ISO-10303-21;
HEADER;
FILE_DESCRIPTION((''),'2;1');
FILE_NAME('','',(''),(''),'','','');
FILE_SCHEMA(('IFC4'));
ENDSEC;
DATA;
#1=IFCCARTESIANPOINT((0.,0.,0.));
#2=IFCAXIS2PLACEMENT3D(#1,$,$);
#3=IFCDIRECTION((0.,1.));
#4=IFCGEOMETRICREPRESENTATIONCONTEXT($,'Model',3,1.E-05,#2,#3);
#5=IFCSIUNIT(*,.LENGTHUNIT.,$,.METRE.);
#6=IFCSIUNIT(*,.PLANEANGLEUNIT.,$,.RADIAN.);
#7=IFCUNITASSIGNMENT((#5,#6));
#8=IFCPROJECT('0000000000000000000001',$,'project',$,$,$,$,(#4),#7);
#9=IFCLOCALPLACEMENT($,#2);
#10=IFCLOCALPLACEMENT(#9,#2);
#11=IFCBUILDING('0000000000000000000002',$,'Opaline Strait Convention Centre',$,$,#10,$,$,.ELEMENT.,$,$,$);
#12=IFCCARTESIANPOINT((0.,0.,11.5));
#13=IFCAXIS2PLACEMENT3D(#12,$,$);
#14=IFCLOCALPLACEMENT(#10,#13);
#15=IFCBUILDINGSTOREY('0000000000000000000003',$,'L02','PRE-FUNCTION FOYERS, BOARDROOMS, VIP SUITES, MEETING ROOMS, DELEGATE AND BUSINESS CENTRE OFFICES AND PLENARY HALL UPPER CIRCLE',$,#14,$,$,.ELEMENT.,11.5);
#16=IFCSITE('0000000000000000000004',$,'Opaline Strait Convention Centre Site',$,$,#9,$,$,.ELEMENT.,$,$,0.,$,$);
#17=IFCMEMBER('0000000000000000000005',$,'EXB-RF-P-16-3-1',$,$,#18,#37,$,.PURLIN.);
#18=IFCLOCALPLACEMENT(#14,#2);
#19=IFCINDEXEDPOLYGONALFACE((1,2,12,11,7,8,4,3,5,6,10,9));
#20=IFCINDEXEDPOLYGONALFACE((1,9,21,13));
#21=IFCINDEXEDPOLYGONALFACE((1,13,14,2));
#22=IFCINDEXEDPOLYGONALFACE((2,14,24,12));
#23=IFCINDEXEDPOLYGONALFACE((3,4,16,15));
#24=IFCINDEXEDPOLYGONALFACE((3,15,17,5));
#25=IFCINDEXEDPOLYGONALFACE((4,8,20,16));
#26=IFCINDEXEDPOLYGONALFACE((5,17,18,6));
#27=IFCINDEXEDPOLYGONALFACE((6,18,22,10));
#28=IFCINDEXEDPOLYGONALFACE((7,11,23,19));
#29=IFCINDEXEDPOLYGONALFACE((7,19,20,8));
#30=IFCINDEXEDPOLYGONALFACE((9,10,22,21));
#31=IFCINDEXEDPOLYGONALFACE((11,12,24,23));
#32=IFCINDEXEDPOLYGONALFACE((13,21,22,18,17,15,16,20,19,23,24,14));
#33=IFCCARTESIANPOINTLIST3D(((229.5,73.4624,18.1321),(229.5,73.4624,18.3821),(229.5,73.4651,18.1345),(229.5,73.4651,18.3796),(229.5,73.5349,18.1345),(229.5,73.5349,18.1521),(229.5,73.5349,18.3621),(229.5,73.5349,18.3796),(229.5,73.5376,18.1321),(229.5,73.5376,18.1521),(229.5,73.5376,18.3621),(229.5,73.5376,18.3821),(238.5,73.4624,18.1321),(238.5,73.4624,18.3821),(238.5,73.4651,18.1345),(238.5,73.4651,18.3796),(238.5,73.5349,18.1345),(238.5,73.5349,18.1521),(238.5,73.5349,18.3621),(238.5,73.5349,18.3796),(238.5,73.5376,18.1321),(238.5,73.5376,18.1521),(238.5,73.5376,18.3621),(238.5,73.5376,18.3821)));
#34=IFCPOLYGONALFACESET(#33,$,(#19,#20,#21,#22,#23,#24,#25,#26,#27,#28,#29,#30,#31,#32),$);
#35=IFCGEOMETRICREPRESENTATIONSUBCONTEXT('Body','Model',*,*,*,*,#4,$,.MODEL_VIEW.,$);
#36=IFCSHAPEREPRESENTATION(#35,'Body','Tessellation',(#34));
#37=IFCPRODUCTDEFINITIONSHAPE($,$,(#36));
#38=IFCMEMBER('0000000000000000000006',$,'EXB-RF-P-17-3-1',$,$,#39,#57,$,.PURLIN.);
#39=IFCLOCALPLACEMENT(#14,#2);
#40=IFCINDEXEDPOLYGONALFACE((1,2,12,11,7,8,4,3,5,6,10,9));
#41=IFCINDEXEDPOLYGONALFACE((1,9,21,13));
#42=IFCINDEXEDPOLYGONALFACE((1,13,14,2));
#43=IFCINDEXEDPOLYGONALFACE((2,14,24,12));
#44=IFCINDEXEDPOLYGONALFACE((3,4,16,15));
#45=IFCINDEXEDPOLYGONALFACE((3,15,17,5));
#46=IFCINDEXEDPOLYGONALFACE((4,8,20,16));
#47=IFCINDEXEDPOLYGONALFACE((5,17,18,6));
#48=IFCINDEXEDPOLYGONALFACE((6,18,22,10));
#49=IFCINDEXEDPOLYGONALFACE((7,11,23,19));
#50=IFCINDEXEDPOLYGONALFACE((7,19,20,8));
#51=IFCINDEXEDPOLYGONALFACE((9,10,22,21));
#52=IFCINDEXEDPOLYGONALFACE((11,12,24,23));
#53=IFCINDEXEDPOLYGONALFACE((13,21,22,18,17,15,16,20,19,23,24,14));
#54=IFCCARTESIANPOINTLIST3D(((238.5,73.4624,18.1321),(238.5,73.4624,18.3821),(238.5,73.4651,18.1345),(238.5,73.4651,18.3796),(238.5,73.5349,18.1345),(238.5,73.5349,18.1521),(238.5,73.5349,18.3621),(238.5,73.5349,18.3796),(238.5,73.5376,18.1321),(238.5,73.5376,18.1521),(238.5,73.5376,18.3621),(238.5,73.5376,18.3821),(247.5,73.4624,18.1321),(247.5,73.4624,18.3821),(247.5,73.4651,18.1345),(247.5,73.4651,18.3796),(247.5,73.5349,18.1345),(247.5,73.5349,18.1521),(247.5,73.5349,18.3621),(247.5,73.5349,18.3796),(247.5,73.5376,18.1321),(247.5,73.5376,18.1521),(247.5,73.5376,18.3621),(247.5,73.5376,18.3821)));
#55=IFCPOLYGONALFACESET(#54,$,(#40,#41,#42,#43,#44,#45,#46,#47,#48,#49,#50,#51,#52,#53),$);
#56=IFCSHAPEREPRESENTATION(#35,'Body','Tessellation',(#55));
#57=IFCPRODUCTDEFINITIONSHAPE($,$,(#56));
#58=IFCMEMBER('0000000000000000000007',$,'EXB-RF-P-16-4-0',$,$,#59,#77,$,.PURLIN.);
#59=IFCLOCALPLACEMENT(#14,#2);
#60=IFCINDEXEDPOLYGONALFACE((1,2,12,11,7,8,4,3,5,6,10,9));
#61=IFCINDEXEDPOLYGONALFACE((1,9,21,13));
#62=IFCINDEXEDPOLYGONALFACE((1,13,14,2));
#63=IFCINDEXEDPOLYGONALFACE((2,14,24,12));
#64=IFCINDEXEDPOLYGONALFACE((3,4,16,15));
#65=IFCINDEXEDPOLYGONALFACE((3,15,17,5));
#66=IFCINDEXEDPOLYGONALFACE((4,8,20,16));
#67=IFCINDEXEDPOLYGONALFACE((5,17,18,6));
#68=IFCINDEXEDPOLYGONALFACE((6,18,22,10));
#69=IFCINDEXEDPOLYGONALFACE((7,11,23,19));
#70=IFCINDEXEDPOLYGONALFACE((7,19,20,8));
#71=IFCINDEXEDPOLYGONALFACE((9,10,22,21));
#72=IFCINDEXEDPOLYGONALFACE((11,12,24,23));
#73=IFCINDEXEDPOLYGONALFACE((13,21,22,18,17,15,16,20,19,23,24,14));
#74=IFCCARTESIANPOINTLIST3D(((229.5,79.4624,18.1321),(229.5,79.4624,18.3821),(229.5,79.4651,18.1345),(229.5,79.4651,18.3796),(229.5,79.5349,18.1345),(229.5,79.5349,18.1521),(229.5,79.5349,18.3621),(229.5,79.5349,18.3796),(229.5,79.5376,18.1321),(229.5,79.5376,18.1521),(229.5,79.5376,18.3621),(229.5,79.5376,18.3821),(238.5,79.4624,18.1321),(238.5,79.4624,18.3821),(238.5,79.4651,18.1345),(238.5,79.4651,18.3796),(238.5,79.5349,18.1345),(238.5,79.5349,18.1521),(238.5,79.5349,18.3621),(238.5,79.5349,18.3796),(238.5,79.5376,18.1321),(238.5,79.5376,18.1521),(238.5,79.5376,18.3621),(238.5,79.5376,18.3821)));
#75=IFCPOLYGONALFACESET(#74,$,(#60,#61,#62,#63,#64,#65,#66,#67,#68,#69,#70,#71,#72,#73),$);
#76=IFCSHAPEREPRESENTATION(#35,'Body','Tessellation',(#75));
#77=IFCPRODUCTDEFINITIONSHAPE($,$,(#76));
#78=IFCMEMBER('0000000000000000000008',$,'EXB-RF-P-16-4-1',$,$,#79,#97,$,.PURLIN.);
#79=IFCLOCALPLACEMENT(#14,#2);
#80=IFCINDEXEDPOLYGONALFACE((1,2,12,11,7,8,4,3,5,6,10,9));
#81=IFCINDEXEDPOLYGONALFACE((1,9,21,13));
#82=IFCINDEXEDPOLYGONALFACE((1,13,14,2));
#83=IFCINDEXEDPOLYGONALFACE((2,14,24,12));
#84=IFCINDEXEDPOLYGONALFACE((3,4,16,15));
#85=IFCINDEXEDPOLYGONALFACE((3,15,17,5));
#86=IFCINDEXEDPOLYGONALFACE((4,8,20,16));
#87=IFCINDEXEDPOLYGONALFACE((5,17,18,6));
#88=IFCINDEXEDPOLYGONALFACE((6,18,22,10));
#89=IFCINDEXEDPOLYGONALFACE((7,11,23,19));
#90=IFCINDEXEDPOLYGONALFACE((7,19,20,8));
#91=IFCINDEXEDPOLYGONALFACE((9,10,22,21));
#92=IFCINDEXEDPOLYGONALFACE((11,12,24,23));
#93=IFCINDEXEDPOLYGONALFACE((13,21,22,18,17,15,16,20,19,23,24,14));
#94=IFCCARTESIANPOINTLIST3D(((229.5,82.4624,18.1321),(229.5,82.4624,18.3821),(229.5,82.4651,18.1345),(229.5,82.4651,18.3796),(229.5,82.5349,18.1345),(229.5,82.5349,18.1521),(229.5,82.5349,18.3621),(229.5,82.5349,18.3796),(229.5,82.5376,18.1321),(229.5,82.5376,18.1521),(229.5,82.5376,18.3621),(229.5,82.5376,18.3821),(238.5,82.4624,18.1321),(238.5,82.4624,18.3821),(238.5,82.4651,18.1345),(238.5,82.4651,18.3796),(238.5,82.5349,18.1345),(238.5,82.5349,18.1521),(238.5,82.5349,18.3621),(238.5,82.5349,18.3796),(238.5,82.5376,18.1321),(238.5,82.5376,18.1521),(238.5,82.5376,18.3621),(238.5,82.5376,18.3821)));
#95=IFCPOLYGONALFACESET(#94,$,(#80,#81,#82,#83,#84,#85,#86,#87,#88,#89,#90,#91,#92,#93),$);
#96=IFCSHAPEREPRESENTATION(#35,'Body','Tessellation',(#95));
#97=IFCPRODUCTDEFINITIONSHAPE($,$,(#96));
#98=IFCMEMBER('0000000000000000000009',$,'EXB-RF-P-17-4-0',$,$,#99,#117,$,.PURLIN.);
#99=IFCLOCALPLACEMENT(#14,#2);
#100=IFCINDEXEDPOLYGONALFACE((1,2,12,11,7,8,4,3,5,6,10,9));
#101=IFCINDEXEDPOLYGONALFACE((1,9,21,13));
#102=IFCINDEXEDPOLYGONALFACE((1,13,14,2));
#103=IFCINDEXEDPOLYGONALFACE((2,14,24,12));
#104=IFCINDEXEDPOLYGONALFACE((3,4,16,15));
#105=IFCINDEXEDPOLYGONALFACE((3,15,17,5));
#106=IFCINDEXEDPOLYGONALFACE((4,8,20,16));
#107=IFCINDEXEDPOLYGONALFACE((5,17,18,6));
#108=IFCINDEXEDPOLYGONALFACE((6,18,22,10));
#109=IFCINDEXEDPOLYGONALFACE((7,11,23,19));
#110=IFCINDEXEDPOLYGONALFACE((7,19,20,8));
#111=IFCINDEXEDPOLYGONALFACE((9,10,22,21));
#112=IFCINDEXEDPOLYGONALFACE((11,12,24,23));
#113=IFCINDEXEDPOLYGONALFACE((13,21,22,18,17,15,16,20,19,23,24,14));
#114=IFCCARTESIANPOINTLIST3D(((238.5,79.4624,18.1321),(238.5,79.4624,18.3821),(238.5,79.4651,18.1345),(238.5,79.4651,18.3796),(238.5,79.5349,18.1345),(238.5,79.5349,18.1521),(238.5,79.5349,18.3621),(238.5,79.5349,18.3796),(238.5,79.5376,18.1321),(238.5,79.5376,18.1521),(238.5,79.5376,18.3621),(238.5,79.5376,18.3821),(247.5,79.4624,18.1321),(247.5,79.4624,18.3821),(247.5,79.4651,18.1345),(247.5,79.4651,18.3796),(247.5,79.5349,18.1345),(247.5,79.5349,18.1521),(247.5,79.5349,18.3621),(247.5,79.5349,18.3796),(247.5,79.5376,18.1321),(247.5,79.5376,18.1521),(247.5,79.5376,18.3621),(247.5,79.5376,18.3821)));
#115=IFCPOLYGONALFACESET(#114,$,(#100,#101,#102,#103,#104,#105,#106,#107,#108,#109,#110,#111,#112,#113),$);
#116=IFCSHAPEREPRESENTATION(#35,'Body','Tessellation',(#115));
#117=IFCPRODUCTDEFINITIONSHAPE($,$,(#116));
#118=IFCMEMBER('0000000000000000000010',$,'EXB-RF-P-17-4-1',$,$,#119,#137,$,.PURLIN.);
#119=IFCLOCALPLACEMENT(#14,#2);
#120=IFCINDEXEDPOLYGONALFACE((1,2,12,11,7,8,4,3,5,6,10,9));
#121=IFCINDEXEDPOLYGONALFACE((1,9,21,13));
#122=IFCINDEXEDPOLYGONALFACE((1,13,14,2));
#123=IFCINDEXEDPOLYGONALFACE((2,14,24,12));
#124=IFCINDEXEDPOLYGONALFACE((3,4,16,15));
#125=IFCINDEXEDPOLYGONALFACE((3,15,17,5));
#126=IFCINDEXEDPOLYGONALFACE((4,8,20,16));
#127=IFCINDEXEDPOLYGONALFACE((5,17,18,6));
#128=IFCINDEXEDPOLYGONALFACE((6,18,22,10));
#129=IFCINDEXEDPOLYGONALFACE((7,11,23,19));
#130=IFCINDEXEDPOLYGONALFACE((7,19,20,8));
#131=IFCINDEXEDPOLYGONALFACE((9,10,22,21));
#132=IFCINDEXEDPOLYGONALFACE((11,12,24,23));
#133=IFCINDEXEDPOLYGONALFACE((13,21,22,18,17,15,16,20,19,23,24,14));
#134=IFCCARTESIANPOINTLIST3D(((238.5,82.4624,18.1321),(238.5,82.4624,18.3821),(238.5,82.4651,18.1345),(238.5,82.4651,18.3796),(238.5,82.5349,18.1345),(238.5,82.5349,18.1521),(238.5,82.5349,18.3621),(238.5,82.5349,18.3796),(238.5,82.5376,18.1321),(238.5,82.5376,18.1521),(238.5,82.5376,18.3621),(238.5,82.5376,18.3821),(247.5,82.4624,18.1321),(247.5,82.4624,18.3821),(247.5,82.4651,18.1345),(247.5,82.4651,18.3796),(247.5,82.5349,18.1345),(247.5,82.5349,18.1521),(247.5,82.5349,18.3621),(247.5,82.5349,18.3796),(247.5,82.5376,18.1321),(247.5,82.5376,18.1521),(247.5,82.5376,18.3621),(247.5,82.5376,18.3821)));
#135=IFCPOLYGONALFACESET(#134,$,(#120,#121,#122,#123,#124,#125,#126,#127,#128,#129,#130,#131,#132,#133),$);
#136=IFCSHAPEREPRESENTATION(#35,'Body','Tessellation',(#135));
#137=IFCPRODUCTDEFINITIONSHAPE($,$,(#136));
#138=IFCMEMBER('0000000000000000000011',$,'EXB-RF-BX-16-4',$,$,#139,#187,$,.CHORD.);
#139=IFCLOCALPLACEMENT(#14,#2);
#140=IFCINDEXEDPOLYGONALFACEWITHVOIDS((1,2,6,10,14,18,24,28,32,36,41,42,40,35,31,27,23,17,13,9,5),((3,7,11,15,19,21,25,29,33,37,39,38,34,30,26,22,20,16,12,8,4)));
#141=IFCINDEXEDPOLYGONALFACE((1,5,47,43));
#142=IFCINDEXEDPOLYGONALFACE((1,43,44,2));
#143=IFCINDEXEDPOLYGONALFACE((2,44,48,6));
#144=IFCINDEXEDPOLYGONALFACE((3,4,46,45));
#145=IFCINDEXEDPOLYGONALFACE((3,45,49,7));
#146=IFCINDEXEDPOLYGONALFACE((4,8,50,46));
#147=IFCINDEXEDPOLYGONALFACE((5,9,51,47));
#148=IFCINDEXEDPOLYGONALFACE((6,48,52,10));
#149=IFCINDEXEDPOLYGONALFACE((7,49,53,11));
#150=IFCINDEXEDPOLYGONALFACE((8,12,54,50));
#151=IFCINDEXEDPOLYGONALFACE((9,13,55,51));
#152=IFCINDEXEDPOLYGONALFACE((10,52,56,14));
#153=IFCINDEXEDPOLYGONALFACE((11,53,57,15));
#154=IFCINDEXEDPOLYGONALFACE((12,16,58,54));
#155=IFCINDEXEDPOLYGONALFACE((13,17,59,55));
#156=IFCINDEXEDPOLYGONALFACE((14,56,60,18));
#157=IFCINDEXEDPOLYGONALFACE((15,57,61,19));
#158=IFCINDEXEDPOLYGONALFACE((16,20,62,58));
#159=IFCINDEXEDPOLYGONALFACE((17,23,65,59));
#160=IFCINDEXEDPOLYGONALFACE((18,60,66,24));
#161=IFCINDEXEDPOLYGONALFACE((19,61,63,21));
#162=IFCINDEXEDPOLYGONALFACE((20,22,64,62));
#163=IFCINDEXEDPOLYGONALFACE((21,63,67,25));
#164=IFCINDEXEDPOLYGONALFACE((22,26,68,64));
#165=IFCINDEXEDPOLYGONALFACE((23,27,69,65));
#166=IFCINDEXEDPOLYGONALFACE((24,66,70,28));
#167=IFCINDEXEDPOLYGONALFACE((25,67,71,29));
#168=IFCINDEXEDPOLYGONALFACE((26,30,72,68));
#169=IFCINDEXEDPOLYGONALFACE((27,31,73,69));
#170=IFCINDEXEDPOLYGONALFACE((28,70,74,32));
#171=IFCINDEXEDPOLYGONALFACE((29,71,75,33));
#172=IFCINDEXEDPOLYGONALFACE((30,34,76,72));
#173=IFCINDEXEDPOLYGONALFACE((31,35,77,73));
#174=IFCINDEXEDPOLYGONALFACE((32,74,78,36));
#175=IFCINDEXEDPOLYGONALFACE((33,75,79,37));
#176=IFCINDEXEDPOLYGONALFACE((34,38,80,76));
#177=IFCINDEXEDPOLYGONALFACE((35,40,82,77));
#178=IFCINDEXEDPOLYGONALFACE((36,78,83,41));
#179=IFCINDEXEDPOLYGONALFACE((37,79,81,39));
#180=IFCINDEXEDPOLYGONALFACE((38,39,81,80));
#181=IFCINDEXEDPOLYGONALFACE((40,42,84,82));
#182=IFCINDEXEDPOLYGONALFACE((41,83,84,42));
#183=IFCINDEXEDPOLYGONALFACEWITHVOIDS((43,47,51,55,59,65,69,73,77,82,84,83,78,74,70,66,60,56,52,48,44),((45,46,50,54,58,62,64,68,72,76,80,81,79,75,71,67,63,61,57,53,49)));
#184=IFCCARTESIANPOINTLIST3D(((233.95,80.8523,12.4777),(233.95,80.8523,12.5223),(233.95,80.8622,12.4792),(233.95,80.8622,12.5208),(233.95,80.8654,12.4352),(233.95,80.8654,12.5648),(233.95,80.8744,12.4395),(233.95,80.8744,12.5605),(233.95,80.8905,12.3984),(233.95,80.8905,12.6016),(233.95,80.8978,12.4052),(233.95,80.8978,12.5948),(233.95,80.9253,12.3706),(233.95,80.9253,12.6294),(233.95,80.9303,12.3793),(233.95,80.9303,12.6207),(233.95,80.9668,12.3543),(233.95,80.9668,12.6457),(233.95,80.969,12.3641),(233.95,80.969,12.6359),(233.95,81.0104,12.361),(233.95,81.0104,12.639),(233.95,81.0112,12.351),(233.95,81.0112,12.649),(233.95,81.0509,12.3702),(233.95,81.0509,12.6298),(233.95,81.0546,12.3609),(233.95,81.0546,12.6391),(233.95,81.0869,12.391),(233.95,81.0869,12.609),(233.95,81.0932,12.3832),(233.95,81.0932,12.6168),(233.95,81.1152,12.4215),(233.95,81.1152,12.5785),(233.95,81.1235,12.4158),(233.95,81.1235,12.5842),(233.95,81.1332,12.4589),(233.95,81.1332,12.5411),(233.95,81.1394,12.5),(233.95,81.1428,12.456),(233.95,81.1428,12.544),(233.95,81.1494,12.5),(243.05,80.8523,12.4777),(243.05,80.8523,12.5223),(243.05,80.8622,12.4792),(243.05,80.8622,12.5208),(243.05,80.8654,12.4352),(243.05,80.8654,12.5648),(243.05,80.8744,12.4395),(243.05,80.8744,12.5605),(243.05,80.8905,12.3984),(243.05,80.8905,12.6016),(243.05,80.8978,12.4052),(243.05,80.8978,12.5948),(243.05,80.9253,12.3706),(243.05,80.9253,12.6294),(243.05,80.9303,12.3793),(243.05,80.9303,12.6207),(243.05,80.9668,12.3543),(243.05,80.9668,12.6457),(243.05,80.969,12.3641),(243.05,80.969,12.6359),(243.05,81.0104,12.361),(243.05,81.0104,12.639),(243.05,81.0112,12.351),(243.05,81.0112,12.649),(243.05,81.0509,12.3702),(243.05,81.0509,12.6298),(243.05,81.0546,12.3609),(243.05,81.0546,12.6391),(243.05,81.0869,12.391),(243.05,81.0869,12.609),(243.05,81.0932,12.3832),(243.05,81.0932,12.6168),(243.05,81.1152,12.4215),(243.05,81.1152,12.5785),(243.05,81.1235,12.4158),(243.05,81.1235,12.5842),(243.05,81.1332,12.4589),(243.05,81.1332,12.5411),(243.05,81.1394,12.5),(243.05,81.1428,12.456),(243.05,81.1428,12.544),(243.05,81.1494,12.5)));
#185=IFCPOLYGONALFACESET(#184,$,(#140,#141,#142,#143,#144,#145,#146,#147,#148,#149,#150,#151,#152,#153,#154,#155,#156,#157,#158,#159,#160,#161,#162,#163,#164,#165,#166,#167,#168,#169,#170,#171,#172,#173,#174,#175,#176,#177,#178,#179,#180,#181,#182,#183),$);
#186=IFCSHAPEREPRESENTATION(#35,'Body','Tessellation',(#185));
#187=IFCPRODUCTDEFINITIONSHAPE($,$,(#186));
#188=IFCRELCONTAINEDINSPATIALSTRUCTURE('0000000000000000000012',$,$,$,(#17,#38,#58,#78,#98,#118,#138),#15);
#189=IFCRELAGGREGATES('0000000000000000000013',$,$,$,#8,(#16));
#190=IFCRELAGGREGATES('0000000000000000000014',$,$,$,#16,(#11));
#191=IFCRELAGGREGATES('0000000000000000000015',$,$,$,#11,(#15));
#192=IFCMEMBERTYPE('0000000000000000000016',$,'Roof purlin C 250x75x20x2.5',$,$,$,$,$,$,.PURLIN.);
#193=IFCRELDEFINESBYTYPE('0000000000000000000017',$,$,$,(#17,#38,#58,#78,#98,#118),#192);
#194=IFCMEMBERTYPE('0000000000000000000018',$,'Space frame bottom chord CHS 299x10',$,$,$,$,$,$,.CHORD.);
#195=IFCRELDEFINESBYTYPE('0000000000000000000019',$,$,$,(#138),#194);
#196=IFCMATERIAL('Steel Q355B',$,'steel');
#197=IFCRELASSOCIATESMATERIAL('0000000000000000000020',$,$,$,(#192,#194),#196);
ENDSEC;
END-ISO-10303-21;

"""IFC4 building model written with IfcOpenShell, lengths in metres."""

from ifc_helpers import new_model, si_unit, direction, frame, origin, origin_2d, place, context, subcontext, project, spatial, polyline, hollow_circle, outline, extrude, material, material_profile, profile_set, type_object, element, save


model = new_model("IFC4")

# Units and contexts
model_context = context("Model", 3, precision=1e-05, world=origin(), true_north=direction((0.0, 1.0)))
body_context = subcontext(model_context, "Body", "Model", "MODEL_VIEW")
ifc_project = project(units=[si_unit("LENGTHUNIT", "METRE"), si_unit("PLANEANGLEUNIT", "RADIAN")], contexts=[model_context])

# Site, building, storey
site_placement = place(None, origin())
site = spatial("IfcSite", under=ifc_project, at=site_placement, Name="Opaline Strait Convention Centre Site", CompositionType="ELEMENT", RefElevation=0.0)
building_placement = place(site_placement, origin())
building = spatial("IfcBuilding", under=site, at=building_placement, Name="Opaline Strait Convention Centre", CompositionType="ELEMENT")
storey_placement = place(building_placement, frame((0.0, 0.0, 11.5)))
storey = spatial("IfcBuildingStorey", under=building, at=storey_placement, Name="L02", Description="PRE-FUNCTION FOYERS, BOARDROOMS, VIP SUITES, MEETING ROOMS, DELEGATE AND BUSINESS CENTRE OFFICES AND PLENARY HALL UPPER CIRCLE", CompositionType="ELEMENT", Elevation=11.5)

# Members
ifc_material = material(Name="Steel Q355B", Category="steel")
ifc_material_profile_1 = material_profile(ifc_material, outline(polyline([(-0.0376, -0.125), (0.0376, -0.125), (0.0376, -0.105), (0.0349, -0.105), (0.0349, -0.1226), (-0.0349, -0.1226), (-0.0349, 0.1226), (0.0349, 0.1226), (0.0349, 0.105), (0.0376, 0.105), (0.0376, 0.125), (-0.0376, 0.125), (-0.0376, -0.125)])), Name="C 250x75x20x2.5")
ifc_profile_set_1 = profile_set([ifc_material_profile_1], Name="Steel Q355B")
member_type_1 = type_object("IfcMemberType", Name="Roof purlin C 250x75x20x2.5", PredefinedType="PURLIN", material=ifc_profile_set_1)
for number, where, z_axis, x_axis, name in (
    (1, (229.5, 73.5, 18.2571), (1.0, 0.0, 0.0), (0.0, 1.0, 0.0), "EXB-RF-P-16-3-1"),
    (2, (238.5, 73.5, 18.2571), (1.0, 0.0, 0.0), (0.0, 1.0, 0.0), "EXB-RF-P-17-3-1"),
    (3, (229.5, 79.5, 18.2571), (1.0, 0.0, 0.0), (0.0, 1.0, 0.0), "EXB-RF-P-16-4-0"),
    (4, (229.5, 82.5, 18.2571), (1.0, 0.0, 0.0), (0.0, 1.0, 0.0), "EXB-RF-P-16-4-1"),
    (5, (238.5, 79.5, 18.2571), (1.0, 0.0, 0.0), (0.0, 1.0, 0.0), "EXB-RF-P-17-4-0"),
    (6, (238.5, 82.5, 18.2571), (1.0, 0.0, 0.0), (0.0, 1.0, 0.0), "EXB-RF-P-17-4-1"),
):
    element("IfcMember", number, at=place(storey_placement, frame(where, z_axis=z_axis, x_axis=x_axis)), inside=storey, type_object=member_type_1, Name=name, PredefinedType="PURLIN", context=body_context, shape_type="SweptSolid", body=[
        extrude(outline(polyline([(-0.0376, -0.125), (0.0376, -0.125), (0.0376, -0.105), (0.0349, -0.105), (0.0349, -0.1226), (-0.0349, -0.1226), (-0.0349, 0.1226), (0.0349, 0.1226), (0.0349, 0.105), (0.0376, 0.105), (0.0376, 0.125), (-0.0376, 0.125), (-0.0376, -0.125)])), origin(), (0.0, 0.0, 1.0), 9.0),
    ])
ifc_material_profile_2 = material_profile(ifc_material, hollow_circle(Radius=0.1494, WallThickness=0.01, at=origin_2d()), Name="CHS 299x10")
ifc_profile_set_2 = profile_set([ifc_material_profile_2], Name="Steel Q355B")
member_type_2 = type_object("IfcMemberType", Name="Space frame bottom chord CHS 299x10", PredefinedType="CHORD", material=ifc_profile_set_2)
for number, where, z_axis, x_axis, name in (
    (7, (233.95, 81.0, 12.5), (1.0, 0.0, 0.0), (0.0, 1.0, 0.0), "EXB-RF-BX-16-4"),
):
    element("IfcMember", number, at=place(storey_placement, frame(where, z_axis=z_axis, x_axis=x_axis)), inside=storey, type_object=member_type_2, Name=name, PredefinedType="CHORD", context=body_context, shape_type="SweptSolid", body=[
        extrude(hollow_circle(Radius=0.1494, WallThickness=0.01, at=origin_2d()), origin(), (0.0, 0.0, 1.0), 9.1001),
    ])

save(model, "model.ifc")
